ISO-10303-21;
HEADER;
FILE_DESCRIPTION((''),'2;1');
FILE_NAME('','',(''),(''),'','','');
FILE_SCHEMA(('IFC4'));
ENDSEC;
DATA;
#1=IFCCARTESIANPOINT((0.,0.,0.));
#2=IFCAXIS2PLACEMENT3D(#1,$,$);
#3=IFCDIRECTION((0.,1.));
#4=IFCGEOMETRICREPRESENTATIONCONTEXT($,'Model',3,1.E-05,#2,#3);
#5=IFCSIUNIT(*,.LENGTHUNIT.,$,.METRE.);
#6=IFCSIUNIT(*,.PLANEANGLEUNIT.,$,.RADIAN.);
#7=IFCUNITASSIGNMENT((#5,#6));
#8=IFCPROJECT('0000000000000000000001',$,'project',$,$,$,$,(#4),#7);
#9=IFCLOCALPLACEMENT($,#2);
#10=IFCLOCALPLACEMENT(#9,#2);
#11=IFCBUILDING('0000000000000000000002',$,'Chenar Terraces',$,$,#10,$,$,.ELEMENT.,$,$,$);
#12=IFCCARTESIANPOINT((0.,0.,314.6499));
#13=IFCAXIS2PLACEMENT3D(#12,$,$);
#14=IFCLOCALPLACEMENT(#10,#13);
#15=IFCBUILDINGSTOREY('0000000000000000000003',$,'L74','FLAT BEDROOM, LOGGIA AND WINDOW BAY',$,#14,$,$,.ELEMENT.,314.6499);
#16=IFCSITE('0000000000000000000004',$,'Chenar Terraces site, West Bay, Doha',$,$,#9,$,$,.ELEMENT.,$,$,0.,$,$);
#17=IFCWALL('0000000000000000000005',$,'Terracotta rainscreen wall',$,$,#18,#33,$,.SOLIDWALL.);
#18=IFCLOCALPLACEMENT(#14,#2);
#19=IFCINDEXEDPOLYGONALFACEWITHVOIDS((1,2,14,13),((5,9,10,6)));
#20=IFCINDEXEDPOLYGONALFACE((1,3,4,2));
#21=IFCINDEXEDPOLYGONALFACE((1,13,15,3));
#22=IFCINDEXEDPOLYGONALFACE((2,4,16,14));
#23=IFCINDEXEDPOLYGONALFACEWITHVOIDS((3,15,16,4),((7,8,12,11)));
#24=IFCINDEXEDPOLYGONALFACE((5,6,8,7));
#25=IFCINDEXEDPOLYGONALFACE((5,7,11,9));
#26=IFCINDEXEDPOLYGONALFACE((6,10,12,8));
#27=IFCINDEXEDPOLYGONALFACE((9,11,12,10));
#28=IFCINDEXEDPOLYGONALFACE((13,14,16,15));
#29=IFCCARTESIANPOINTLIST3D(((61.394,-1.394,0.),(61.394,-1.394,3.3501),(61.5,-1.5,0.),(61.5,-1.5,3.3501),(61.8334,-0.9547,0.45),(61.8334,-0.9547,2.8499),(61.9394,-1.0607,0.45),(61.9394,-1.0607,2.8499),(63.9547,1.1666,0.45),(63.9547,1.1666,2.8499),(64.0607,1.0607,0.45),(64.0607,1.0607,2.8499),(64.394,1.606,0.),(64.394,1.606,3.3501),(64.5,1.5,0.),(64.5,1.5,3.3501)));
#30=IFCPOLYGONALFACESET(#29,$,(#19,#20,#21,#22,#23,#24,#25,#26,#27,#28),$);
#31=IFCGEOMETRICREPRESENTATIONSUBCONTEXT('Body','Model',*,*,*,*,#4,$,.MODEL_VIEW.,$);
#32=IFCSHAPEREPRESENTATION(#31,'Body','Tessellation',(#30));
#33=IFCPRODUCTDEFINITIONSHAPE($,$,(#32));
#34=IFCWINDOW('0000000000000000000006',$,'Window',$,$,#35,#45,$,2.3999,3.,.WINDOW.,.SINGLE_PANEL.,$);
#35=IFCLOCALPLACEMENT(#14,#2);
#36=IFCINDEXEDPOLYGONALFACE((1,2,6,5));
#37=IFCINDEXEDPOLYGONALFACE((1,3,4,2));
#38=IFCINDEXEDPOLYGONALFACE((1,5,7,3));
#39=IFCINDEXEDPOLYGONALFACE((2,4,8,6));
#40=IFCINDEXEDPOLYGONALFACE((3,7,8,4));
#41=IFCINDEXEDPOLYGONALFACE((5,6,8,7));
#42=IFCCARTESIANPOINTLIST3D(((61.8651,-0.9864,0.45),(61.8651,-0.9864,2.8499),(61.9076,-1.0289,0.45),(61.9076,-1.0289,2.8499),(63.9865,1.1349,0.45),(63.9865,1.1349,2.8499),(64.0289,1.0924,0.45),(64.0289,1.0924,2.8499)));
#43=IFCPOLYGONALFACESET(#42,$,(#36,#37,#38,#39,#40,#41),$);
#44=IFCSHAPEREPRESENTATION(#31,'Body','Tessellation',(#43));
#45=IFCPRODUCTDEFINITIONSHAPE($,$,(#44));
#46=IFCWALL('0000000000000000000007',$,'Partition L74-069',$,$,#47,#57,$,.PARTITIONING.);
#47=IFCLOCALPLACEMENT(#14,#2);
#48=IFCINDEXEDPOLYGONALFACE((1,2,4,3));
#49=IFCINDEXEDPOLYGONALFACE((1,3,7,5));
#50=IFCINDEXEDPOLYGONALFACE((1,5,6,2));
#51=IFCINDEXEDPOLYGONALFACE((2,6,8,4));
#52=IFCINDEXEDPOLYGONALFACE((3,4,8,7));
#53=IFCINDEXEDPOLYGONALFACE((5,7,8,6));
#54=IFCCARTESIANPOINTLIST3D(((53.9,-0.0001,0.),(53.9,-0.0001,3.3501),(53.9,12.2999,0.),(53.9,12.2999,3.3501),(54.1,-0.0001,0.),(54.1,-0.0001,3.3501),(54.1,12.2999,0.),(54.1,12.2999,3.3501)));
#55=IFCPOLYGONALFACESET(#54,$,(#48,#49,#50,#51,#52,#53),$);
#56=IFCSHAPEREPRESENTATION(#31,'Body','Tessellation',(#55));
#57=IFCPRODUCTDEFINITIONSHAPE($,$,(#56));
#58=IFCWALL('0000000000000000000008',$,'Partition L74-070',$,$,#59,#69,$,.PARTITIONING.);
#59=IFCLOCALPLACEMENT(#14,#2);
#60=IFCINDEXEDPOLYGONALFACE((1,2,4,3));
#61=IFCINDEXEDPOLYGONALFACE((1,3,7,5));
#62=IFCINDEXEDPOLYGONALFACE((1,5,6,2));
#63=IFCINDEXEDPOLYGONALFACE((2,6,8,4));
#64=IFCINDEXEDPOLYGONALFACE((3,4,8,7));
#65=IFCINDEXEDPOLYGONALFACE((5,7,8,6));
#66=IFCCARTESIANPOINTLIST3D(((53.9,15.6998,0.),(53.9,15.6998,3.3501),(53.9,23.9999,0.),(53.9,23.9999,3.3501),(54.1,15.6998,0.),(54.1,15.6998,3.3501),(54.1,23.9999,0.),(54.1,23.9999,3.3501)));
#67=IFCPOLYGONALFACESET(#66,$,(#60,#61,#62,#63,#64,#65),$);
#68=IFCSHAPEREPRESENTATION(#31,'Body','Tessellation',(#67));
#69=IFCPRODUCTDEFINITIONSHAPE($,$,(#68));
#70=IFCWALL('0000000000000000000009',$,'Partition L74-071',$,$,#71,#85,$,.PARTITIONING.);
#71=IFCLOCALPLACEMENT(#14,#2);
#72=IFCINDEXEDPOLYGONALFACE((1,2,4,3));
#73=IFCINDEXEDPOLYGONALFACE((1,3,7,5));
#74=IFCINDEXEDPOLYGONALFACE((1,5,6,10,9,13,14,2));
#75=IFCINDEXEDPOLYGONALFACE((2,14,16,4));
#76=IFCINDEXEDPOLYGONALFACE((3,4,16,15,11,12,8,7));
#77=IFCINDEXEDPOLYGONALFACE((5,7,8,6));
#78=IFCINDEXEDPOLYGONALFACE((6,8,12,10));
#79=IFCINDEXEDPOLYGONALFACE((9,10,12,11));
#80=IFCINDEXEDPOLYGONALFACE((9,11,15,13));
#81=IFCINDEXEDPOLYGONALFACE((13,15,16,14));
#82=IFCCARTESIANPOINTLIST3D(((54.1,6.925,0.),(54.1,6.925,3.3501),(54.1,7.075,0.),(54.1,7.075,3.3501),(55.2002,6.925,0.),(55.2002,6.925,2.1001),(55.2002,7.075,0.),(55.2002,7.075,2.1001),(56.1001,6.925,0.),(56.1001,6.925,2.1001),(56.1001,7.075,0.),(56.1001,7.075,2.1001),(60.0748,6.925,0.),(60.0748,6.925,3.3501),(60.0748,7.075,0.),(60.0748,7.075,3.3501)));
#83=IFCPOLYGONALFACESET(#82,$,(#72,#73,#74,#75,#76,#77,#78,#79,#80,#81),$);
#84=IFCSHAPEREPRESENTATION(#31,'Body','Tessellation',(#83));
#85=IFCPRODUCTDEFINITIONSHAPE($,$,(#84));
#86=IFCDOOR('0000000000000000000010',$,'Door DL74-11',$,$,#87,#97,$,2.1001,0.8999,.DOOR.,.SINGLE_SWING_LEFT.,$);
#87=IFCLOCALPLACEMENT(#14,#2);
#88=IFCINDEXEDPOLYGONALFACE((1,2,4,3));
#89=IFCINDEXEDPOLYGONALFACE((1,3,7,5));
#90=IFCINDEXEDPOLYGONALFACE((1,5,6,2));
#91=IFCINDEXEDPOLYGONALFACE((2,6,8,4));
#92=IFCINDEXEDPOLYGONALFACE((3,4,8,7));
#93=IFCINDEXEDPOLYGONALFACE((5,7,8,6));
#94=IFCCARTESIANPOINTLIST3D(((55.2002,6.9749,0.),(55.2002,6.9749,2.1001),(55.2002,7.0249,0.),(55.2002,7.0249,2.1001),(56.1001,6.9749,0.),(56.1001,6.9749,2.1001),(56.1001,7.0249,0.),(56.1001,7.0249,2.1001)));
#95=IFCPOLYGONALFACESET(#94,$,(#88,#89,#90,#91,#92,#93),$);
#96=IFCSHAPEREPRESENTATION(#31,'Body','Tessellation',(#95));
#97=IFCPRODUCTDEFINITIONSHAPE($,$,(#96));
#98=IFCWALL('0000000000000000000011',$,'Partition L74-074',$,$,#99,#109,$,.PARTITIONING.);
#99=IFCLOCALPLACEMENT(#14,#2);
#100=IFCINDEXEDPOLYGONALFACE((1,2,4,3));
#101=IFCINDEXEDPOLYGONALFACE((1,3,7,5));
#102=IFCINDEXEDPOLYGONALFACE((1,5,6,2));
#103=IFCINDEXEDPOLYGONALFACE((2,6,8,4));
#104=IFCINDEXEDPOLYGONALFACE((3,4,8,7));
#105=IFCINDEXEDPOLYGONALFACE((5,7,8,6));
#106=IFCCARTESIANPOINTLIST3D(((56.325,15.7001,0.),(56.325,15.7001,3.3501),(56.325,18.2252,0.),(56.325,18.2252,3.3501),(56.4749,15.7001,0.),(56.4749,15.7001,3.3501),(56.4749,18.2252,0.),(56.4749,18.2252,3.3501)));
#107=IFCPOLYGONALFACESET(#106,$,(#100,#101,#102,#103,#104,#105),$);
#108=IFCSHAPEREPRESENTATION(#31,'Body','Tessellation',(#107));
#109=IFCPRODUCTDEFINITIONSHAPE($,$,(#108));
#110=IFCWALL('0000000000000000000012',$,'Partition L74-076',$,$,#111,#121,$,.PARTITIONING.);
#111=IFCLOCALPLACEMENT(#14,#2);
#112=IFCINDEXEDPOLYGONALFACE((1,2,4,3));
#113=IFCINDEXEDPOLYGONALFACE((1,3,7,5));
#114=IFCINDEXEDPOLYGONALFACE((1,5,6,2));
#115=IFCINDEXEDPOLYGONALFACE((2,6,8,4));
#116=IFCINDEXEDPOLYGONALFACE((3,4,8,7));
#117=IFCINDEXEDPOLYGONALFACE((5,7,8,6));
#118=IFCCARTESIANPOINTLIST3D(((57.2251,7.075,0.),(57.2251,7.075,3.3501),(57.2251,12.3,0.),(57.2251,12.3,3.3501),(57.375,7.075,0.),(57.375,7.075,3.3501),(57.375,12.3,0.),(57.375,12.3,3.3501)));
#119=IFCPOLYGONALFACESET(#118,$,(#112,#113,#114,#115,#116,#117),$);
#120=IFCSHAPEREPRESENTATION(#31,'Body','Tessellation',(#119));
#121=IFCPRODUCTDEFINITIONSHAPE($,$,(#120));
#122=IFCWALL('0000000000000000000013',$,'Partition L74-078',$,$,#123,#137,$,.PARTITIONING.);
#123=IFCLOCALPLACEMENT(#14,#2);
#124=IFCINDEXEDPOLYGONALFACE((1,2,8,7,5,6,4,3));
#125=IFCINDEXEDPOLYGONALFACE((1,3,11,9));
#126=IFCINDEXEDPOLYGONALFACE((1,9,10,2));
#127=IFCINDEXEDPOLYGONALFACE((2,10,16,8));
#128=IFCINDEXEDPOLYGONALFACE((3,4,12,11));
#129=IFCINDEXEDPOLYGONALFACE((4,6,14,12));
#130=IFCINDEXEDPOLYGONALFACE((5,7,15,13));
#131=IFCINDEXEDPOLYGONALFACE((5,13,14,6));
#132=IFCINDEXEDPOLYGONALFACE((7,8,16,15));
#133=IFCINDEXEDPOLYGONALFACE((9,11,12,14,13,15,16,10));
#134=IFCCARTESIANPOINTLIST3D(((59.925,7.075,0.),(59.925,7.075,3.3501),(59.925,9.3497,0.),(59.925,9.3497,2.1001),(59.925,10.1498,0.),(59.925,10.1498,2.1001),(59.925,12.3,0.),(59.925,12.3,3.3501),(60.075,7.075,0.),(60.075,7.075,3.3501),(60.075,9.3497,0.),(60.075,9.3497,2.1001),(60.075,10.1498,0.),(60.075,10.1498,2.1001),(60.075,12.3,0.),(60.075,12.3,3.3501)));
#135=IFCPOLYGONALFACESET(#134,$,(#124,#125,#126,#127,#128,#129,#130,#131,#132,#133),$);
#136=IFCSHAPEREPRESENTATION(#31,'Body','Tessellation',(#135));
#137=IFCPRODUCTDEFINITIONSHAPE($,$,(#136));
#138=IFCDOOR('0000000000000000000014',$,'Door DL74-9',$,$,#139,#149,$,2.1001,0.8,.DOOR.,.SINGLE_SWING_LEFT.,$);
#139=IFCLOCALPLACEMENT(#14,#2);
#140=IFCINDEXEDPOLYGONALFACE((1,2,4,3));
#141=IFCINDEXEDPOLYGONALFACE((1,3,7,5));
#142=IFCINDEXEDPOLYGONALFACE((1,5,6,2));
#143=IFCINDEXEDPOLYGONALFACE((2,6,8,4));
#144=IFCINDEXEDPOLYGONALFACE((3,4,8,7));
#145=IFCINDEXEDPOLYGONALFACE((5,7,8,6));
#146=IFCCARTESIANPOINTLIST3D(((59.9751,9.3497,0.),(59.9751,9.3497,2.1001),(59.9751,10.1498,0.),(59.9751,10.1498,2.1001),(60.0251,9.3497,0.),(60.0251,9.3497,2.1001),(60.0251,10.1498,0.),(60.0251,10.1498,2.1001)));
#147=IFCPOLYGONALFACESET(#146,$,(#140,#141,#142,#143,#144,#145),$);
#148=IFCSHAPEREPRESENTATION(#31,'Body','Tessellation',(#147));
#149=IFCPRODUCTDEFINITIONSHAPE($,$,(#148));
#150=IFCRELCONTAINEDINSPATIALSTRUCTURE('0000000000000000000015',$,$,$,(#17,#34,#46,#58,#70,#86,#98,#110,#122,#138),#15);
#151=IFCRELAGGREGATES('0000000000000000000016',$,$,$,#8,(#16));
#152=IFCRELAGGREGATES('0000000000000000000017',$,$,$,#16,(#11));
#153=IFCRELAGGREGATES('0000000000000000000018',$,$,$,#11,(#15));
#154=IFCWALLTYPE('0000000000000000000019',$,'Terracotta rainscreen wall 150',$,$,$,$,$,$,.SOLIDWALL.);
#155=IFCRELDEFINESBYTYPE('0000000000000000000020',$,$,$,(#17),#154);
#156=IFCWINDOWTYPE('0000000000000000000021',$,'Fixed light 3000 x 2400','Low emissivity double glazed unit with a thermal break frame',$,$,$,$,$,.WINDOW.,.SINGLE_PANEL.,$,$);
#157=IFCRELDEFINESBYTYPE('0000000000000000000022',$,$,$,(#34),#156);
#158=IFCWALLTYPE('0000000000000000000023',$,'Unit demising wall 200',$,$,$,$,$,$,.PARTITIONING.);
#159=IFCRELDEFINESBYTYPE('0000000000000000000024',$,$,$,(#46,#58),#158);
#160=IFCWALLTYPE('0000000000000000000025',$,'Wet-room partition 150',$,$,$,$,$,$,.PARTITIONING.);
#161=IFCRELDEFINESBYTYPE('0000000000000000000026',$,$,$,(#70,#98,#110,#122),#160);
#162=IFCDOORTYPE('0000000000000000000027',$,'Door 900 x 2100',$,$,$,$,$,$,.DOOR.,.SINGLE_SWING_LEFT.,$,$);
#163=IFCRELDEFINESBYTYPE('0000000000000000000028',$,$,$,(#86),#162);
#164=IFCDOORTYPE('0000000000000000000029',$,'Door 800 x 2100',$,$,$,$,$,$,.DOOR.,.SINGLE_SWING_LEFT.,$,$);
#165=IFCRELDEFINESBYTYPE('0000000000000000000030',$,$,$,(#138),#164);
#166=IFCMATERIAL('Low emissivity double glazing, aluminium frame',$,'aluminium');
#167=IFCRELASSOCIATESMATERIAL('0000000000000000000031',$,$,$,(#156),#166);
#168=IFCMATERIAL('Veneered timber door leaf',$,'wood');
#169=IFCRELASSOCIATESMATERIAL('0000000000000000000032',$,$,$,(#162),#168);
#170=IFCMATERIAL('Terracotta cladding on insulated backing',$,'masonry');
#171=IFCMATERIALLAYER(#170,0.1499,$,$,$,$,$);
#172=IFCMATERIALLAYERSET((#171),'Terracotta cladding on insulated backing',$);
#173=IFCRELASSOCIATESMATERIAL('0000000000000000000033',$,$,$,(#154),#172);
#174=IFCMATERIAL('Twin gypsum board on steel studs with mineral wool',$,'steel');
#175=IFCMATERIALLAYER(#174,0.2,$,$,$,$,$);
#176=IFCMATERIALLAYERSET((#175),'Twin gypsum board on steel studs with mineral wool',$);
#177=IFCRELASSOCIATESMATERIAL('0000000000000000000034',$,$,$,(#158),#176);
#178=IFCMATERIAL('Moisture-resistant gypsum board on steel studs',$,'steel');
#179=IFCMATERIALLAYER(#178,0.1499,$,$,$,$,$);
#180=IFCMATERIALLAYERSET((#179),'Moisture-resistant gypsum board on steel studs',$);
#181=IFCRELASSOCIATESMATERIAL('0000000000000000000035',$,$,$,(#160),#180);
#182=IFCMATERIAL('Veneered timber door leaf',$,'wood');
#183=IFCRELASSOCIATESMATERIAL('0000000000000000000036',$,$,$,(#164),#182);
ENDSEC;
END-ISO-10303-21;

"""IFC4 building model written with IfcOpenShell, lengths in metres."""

from ifc_helpers import new_model, si_unit, direction, frame, frame_2d, origin, place, context, subcontext, project, spatial, rectangle, extrude, material, layer, layer_set, type_object, element, fill, save


model = new_model("IFC4")

# Units and contexts
model_context = context("Model", 3, precision=1e-05, world=origin(), true_north=direction((0.0, 1.0)))
body_context = subcontext(model_context, "Body", "Model", "MODEL_VIEW")
ifc_project = project(units=[si_unit("LENGTHUNIT", "METRE"), si_unit("PLANEANGLEUNIT", "RADIAN")], contexts=[model_context])

# Site, building, storey
site_placement = place(None, origin())
site = spatial("IfcSite", under=ifc_project, at=site_placement, Name="Chenar Terraces site, West Bay, Doha", CompositionType="ELEMENT", RefElevation=0.0)
building_placement = place(site_placement, origin())
building = spatial("IfcBuilding", under=site, at=building_placement, Name="Chenar Terraces", CompositionType="ELEMENT")
storey_placement = place(building_placement, frame((0.0, 0.0, 314.6499)))
storey = spatial("IfcBuildingStorey", under=building, at=storey_placement, Name="L74", Description="FLAT BEDROOM, LOGGIA AND WINDOW BAY", CompositionType="ELEMENT", Elevation=314.6499)

# Shared definitions
ifc_material_1 = material(Name="Low emissivity double glazing, aluminium frame", Category="aluminium")
window_type = type_object("IfcWindowType", Name="Fixed light 3000 x 2400", Description="Low emissivity double glazed unit with a thermal break frame", PartitioningType="SINGLE_PANEL", PredefinedType="WINDOW", material=ifc_material_1)

# Shared definitions
ifc_material_2 = material(Name="Veneered timber door leaf", Category="wood")
door_type_1 = type_object("IfcDoorType", Name="Door 900 x 2100", OperationType="SINGLE_SWING_LEFT", PredefinedType="DOOR", material=ifc_material_2)

# Wall, opening, window
ifc_material_3 = material(Name="Terracotta cladding on insulated backing", Category="masonry")
ifc_layer_1 = layer(ifc_material_3, 0.1499)
ifc_layer_set_1 = layer_set([ifc_layer_1], Name="Terracotta cladding on insulated backing")
wall_type_1 = type_object("IfcWallType", Name="Terracotta rainscreen wall 150", PredefinedType="SOLIDWALL", material=ifc_layer_set_1)
wall_1_placement = place(storey_placement, frame((61.447, -1.447, 0.0), z_axis=(0.0, 0.0, 1.0), x_axis=(0.707107, 0.707107, 0.0)))
wall_1 = element("IfcWall", 1, at=wall_1_placement, inside=storey, type_object=wall_type_1, Name="Terracotta rainscreen wall", PredefinedType="SOLIDWALL", context=body_context, shape_type="SweptSolid", body=[
    extrude(rectangle(XDim=4.2427, YDim=0.1499, at=frame_2d((2.1213, 0.0))), origin(), (0.0, 0.0, 1.0), 3.3501),
])
opening_1_placement = place(wall_1_placement, frame((0.6213, 0.0, 0.45)))
opening_1 = element("IfcOpeningElement", 2, at=opening_1_placement, cuts=wall_1, PredefinedType="OPENING", context=body_context, shape_type="SweptSolid", body=[
    extrude(rectangle(XDim=3.0, YDim=2.3999, at=frame_2d((1.5, 1.2))), frame((0.0, 0.085, 0.0), z_axis=(0.0, -1.0, 0.0), x_axis=(1.0, 0.0, 0.0)), (0.0, 0.0, 1.0), 0.1699),
])
window_1_placement = place(opening_1_placement, origin())
window_1 = element("IfcWindow", 3, at=window_1_placement, inside=storey, type_object=window_type, Name="Window", OverallHeight=2.3999, OverallWidth=3.0, PartitioningType="SINGLE_PANEL", PredefinedType="WINDOW", context=body_context, shape_type="SweptSolid", body=[
    extrude(rectangle(XDim=3.0, YDim=2.3999, at=frame_2d((1.5, 1.2))), frame((0.0, 0.03, 0.0), z_axis=(0.0, -1.0, 0.0), x_axis=(1.0, 0.0, 0.0)), (0.0, 0.0, 1.0), 0.0601),
])
fill(opening_1, window_1)

# Walls
ifc_material_4 = material(Name="Twin gypsum board on steel studs with mineral wool", Category="steel")
ifc_layer_2 = layer(ifc_material_4, 0.2)
ifc_layer_set_2 = layer_set([ifc_layer_2], Name="Twin gypsum board on steel studs with mineral wool")
wall_type_2 = type_object("IfcWallType", Name="Unit demising wall 200", PredefinedType="PARTITIONING", material=ifc_layer_set_2)
wall_2_placement = place(storey_placement, frame((54.0, 0.0, 0.0), z_axis=(0.0, 0.0, 1.0), x_axis=(0.0, 1.0, 0.0)))
element("IfcWall", 4, at=wall_2_placement, inside=storey, type_object=wall_type_2, Name="Partition L74-069", PredefinedType="PARTITIONING", context=body_context, shape_type="SweptSolid", body=[
    extrude(rectangle(XDim=12.3, YDim=0.2, at=frame_2d((6.1499, 0.0))), origin(), (0.0, 0.0, 1.0), 3.3501),
])
wall_3_placement = place(storey_placement, frame((54.0, 15.7, 0.0), z_axis=(0.0, 0.0, 1.0), x_axis=(0.0, 1.0, 0.0)))
element("IfcWall", 5, at=wall_3_placement, inside=storey, type_object=wall_type_2, Name="Partition L74-070", PredefinedType="PARTITIONING", context=body_context, shape_type="SweptSolid", body=[
    extrude(rectangle(XDim=8.3, YDim=0.2, at=frame_2d((4.1499, 0.0))), origin(), (0.0, 0.0, 1.0), 3.3501),
])

# Wall, opening, door
ifc_material_5 = material(Name="Moisture-resistant gypsum board on steel studs", Category="steel")
ifc_layer_3 = layer(ifc_material_5, 0.1499)
ifc_layer_set_3 = layer_set([ifc_layer_3], Name="Moisture-resistant gypsum board on steel studs")
wall_type_3 = type_object("IfcWallType", Name="Wet-room partition 150", PredefinedType="PARTITIONING", material=ifc_layer_set_3)
wall_4_placement = place(storey_placement, frame((54.1001, 7.0, 0.0), z_axis=(0.0, 0.0, 1.0), x_axis=(1.0, 0.0, 0.0)))
wall_4 = element("IfcWall", 6, at=wall_4_placement, inside=storey, type_object=wall_type_3, Name="Partition L74-071", PredefinedType="PARTITIONING", context=body_context, shape_type="SweptSolid", body=[
    extrude(rectangle(XDim=5.9749, YDim=0.1499, at=frame_2d((2.9873, 0.0))), origin(), (0.0, 0.0, 1.0), 3.3501),
])
opening_2_placement = place(wall_4_placement, frame((1.1001, 0.0, 0.0)))
opening_2 = element("IfcOpeningElement", 7, at=opening_2_placement, cuts=wall_4, PredefinedType="OPENING", context=body_context, shape_type="SweptSolid", body=[
    extrude(rectangle(XDim=0.8999, YDim=2.1001, at=frame_2d((0.45, 1.05))), frame((0.0, 0.085, 0.0), z_axis=(0.0, -1.0, 0.0), x_axis=(1.0, 0.0, 0.0)), (0.0, 0.0, 1.0), 0.1699),
])
door_1_placement = place(opening_2_placement, origin())
door_1 = element("IfcDoor", 8, at=door_1_placement, inside=storey, type_object=door_type_1, Name="Door DL74-11", OperationType="SINGLE_SWING_LEFT", OverallHeight=2.1001, OverallWidth=0.8999, PredefinedType="DOOR", context=body_context, shape_type="SweptSolid", body=[
    extrude(rectangle(XDim=0.8999, YDim=2.1001, at=frame_2d((0.45, 1.05))), frame((0.0, 0.0249, 0.0), z_axis=(0.0, -1.0, 0.0), x_axis=(1.0, 0.0, 0.0)), (0.0, 0.0, 1.0), 0.05),
])
fill(opening_2, door_1)

# Walls
wall_5_placement = place(storey_placement, frame((56.3999, 15.7, 0.0), z_axis=(0.0, 0.0, 1.0), x_axis=(0.0, 1.0, 0.0)))
element("IfcWall", 9, at=wall_5_placement, inside=storey, type_object=wall_type_3, Name="Partition L74-074", PredefinedType="PARTITIONING", context=body_context, shape_type="SweptSolid", body=[
    extrude(rectangle(XDim=2.5251, YDim=0.1499, at=frame_2d((1.2627, 0.0))), origin(), (0.0, 0.0, 1.0), 3.3501),
])
wall_6_placement = place(storey_placement, frame((57.3, 7.075, 0.0), z_axis=(0.0, 0.0, 1.0), x_axis=(0.0, 1.0, 0.0)))
element("IfcWall", 10, at=wall_6_placement, inside=storey, type_object=wall_type_3, Name="Partition L74-076", PredefinedType="PARTITIONING", context=body_context, shape_type="SweptSolid", body=[
    extrude(rectangle(XDim=5.2251, YDim=0.1499, at=frame_2d((2.6125, 0.0))), origin(), (0.0, 0.0, 1.0), 3.3501),
])

# Wall, opening, door
wall_7_placement = place(storey_placement, frame((60.0, 7.075, 0.0), z_axis=(0.0, 0.0, 1.0), x_axis=(0.0, 1.0, 0.0)))
wall_7 = element("IfcWall", 11, at=wall_7_placement, inside=storey, type_object=wall_type_3, Name="Partition L74-078", PredefinedType="PARTITIONING", context=body_context, shape_type="SweptSolid", body=[
    extrude(rectangle(XDim=5.2251, YDim=0.1499, at=frame_2d((2.6125, 0.0))), origin(), (0.0, 0.0, 1.0), 3.3501),
])
opening_3_placement = place(wall_7_placement, frame((2.2749, 0.0, 0.0)))
opening_3 = element("IfcOpeningElement", 12, at=opening_3_placement, cuts=wall_7, PredefinedType="OPENING", context=body_context, shape_type="SweptSolid", body=[
    extrude(rectangle(XDim=0.8, YDim=2.1001, at=frame_2d((0.3999, 1.05))), frame((0.0, 0.085, 0.0), z_axis=(0.0, -1.0, 0.0), x_axis=(1.0, 0.0, 0.0)), (0.0, 0.0, 1.0), 0.1699),
])
ifc_material_6 = material(Name="Veneered timber door leaf", Category="wood")
door_type_2 = type_object("IfcDoorType", Name="Door 800 x 2100", OperationType="SINGLE_SWING_LEFT", PredefinedType="DOOR", material=ifc_material_6)
door_2_placement = place(opening_3_placement, origin())
door_2 = element("IfcDoor", 13, at=door_2_placement, inside=storey, type_object=door_type_2, Name="Door DL74-9", OperationType="SINGLE_SWING_LEFT", OverallHeight=2.1001, OverallWidth=0.8, PredefinedType="DOOR", context=body_context, shape_type="SweptSolid", body=[
    extrude(rectangle(XDim=0.8, YDim=2.1001, at=frame_2d((0.3999, 1.05))), frame((0.0, 0.0249, 0.0), z_axis=(0.0, -1.0, 0.0), x_axis=(1.0, 0.0, 0.0)), (0.0, 0.0, 1.0), 0.05),
])
fill(opening_3, door_2)

save(model, "model.ifc")
